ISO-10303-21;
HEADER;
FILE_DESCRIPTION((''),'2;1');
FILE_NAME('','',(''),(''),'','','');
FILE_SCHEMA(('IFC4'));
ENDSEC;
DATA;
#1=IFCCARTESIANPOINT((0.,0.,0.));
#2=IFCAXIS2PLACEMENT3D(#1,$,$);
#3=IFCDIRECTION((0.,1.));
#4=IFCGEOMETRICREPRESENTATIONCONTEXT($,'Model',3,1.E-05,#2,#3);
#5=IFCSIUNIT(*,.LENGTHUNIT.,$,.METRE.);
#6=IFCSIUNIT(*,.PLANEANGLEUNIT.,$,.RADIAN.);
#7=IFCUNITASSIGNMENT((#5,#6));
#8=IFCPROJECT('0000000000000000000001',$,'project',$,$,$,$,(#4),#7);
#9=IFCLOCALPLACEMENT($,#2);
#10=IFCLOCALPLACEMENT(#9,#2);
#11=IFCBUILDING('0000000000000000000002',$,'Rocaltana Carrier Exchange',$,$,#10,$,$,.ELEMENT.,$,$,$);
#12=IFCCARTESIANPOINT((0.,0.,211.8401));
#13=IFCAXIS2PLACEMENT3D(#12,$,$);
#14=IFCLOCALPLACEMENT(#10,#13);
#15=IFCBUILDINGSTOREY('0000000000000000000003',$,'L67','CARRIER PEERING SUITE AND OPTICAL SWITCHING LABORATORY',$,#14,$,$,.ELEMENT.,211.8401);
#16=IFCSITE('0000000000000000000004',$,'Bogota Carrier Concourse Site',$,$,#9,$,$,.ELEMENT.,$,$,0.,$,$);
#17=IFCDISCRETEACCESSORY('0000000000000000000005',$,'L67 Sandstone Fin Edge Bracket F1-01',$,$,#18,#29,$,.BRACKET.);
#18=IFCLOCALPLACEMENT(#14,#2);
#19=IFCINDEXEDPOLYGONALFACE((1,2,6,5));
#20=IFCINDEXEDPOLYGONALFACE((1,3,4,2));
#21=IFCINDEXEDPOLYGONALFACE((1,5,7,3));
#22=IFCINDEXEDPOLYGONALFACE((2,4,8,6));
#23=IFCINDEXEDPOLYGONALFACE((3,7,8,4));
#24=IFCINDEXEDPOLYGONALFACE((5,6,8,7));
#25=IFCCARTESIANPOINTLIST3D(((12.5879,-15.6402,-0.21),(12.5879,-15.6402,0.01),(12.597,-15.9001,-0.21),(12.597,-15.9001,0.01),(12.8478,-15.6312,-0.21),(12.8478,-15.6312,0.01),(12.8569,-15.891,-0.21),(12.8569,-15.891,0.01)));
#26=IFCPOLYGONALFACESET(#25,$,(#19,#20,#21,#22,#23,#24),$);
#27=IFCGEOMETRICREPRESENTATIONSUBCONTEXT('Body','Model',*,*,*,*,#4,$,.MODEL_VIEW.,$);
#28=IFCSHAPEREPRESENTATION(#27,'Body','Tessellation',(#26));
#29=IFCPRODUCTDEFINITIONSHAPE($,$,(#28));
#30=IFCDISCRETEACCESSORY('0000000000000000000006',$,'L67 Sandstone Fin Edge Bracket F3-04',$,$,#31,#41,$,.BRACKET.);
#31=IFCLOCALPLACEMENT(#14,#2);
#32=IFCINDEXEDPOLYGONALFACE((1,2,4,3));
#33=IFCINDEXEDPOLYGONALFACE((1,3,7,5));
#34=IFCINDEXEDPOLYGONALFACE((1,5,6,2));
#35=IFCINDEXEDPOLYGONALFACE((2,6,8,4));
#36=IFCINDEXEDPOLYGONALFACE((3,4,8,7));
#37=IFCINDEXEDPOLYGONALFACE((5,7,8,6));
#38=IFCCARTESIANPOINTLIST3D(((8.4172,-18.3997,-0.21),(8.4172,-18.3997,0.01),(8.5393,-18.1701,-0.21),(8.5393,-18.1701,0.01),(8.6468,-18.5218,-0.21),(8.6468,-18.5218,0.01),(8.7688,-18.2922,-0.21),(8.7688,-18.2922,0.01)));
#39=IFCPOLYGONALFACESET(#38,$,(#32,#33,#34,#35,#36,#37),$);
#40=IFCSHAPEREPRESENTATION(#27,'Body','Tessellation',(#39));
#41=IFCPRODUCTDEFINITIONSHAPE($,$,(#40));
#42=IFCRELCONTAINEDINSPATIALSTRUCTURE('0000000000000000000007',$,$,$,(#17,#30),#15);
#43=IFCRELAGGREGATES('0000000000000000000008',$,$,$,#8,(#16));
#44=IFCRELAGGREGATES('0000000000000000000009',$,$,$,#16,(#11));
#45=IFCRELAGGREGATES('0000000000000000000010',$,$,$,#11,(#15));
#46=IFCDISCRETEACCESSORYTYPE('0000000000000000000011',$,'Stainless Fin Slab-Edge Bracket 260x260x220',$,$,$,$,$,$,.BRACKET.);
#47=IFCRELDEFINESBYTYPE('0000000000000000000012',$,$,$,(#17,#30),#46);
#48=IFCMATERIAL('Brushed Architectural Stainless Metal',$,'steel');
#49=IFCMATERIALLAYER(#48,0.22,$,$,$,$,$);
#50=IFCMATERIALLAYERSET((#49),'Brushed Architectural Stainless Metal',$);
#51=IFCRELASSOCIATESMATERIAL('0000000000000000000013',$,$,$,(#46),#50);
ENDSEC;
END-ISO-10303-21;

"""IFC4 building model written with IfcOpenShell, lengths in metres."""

from ifc_helpers import new_model, si_unit, direction, frame, origin, origin_2d, place, context, subcontext, project, spatial, rectangle, extrude, material, layer, layer_set, type_object, element, save


model = new_model("IFC4")

# Units and contexts
model_context = context("Model", 3, precision=1e-05, world=origin(), true_north=direction((0.0, 1.0)))
body_context = subcontext(model_context, "Body", "Model", "MODEL_VIEW")
ifc_project = project(units=[si_unit("LENGTHUNIT", "METRE"), si_unit("PLANEANGLEUNIT", "RADIAN")], contexts=[model_context])

# Site, building, storey
site_placement = place(None, origin())
site = spatial("IfcSite", under=ifc_project, at=site_placement, Name="Bogota Carrier Concourse Site", CompositionType="ELEMENT", RefElevation=0.0)
building_placement = place(site_placement, origin())
building = spatial("IfcBuilding", under=site, at=building_placement, Name="Rocaltana Carrier Exchange", CompositionType="ELEMENT")
storey_placement = place(building_placement, frame((0.0, 0.0, 211.8401)))
storey = spatial("IfcBuildingStorey", under=building, at=storey_placement, Name="L67", Description="CARRIER PEERING SUITE AND OPTICAL SWITCHING LABORATORY", CompositionType="ELEMENT", Elevation=211.8401)

# Discrete accessories
ifc_material_1 = material(Name="Brushed Architectural Stainless Metal", Category="steel")
ifc_layer_1 = layer(ifc_material_1, 0.22)
ifc_layer_set_1 = layer_set([ifc_layer_1], Name="Brushed Architectural Stainless Metal")
discrete_accessory_type = type_object("IfcDiscreteAccessoryType", Name="Stainless Fin Slab-Edge Bracket 260x260x220", PredefinedType="BRACKET", material=ifc_layer_set_1)
for number, where, z_axis, x_axis, name in (
    (1, (12.7224, -15.7656, -0.21), (0.0, 0.0, 1.0), (-0.034899, 0.999391, 0.0), "L67 Sandstone Fin Edge Bracket F1-01"),
    (2, (8.593, -18.3459, -0.21), (0.0, 0.0, 1.0), (0.882948, -0.469472, 0.0), "L67 Sandstone Fin Edge Bracket F3-04"),
):
    element("IfcDiscreteAccessory", number, at=place(storey_placement, frame(where, z_axis=z_axis, x_axis=x_axis)), inside=storey, type_object=discrete_accessory_type, Name=name, PredefinedType="BRACKET", context=body_context, shape_type="SweptSolid", body=[
        extrude(rectangle(XDim=0.26, YDim=0.26, at=origin_2d()), origin(), (0.0, 0.0, 1.0), 0.22),
    ])

save(model, "model.ifc")
